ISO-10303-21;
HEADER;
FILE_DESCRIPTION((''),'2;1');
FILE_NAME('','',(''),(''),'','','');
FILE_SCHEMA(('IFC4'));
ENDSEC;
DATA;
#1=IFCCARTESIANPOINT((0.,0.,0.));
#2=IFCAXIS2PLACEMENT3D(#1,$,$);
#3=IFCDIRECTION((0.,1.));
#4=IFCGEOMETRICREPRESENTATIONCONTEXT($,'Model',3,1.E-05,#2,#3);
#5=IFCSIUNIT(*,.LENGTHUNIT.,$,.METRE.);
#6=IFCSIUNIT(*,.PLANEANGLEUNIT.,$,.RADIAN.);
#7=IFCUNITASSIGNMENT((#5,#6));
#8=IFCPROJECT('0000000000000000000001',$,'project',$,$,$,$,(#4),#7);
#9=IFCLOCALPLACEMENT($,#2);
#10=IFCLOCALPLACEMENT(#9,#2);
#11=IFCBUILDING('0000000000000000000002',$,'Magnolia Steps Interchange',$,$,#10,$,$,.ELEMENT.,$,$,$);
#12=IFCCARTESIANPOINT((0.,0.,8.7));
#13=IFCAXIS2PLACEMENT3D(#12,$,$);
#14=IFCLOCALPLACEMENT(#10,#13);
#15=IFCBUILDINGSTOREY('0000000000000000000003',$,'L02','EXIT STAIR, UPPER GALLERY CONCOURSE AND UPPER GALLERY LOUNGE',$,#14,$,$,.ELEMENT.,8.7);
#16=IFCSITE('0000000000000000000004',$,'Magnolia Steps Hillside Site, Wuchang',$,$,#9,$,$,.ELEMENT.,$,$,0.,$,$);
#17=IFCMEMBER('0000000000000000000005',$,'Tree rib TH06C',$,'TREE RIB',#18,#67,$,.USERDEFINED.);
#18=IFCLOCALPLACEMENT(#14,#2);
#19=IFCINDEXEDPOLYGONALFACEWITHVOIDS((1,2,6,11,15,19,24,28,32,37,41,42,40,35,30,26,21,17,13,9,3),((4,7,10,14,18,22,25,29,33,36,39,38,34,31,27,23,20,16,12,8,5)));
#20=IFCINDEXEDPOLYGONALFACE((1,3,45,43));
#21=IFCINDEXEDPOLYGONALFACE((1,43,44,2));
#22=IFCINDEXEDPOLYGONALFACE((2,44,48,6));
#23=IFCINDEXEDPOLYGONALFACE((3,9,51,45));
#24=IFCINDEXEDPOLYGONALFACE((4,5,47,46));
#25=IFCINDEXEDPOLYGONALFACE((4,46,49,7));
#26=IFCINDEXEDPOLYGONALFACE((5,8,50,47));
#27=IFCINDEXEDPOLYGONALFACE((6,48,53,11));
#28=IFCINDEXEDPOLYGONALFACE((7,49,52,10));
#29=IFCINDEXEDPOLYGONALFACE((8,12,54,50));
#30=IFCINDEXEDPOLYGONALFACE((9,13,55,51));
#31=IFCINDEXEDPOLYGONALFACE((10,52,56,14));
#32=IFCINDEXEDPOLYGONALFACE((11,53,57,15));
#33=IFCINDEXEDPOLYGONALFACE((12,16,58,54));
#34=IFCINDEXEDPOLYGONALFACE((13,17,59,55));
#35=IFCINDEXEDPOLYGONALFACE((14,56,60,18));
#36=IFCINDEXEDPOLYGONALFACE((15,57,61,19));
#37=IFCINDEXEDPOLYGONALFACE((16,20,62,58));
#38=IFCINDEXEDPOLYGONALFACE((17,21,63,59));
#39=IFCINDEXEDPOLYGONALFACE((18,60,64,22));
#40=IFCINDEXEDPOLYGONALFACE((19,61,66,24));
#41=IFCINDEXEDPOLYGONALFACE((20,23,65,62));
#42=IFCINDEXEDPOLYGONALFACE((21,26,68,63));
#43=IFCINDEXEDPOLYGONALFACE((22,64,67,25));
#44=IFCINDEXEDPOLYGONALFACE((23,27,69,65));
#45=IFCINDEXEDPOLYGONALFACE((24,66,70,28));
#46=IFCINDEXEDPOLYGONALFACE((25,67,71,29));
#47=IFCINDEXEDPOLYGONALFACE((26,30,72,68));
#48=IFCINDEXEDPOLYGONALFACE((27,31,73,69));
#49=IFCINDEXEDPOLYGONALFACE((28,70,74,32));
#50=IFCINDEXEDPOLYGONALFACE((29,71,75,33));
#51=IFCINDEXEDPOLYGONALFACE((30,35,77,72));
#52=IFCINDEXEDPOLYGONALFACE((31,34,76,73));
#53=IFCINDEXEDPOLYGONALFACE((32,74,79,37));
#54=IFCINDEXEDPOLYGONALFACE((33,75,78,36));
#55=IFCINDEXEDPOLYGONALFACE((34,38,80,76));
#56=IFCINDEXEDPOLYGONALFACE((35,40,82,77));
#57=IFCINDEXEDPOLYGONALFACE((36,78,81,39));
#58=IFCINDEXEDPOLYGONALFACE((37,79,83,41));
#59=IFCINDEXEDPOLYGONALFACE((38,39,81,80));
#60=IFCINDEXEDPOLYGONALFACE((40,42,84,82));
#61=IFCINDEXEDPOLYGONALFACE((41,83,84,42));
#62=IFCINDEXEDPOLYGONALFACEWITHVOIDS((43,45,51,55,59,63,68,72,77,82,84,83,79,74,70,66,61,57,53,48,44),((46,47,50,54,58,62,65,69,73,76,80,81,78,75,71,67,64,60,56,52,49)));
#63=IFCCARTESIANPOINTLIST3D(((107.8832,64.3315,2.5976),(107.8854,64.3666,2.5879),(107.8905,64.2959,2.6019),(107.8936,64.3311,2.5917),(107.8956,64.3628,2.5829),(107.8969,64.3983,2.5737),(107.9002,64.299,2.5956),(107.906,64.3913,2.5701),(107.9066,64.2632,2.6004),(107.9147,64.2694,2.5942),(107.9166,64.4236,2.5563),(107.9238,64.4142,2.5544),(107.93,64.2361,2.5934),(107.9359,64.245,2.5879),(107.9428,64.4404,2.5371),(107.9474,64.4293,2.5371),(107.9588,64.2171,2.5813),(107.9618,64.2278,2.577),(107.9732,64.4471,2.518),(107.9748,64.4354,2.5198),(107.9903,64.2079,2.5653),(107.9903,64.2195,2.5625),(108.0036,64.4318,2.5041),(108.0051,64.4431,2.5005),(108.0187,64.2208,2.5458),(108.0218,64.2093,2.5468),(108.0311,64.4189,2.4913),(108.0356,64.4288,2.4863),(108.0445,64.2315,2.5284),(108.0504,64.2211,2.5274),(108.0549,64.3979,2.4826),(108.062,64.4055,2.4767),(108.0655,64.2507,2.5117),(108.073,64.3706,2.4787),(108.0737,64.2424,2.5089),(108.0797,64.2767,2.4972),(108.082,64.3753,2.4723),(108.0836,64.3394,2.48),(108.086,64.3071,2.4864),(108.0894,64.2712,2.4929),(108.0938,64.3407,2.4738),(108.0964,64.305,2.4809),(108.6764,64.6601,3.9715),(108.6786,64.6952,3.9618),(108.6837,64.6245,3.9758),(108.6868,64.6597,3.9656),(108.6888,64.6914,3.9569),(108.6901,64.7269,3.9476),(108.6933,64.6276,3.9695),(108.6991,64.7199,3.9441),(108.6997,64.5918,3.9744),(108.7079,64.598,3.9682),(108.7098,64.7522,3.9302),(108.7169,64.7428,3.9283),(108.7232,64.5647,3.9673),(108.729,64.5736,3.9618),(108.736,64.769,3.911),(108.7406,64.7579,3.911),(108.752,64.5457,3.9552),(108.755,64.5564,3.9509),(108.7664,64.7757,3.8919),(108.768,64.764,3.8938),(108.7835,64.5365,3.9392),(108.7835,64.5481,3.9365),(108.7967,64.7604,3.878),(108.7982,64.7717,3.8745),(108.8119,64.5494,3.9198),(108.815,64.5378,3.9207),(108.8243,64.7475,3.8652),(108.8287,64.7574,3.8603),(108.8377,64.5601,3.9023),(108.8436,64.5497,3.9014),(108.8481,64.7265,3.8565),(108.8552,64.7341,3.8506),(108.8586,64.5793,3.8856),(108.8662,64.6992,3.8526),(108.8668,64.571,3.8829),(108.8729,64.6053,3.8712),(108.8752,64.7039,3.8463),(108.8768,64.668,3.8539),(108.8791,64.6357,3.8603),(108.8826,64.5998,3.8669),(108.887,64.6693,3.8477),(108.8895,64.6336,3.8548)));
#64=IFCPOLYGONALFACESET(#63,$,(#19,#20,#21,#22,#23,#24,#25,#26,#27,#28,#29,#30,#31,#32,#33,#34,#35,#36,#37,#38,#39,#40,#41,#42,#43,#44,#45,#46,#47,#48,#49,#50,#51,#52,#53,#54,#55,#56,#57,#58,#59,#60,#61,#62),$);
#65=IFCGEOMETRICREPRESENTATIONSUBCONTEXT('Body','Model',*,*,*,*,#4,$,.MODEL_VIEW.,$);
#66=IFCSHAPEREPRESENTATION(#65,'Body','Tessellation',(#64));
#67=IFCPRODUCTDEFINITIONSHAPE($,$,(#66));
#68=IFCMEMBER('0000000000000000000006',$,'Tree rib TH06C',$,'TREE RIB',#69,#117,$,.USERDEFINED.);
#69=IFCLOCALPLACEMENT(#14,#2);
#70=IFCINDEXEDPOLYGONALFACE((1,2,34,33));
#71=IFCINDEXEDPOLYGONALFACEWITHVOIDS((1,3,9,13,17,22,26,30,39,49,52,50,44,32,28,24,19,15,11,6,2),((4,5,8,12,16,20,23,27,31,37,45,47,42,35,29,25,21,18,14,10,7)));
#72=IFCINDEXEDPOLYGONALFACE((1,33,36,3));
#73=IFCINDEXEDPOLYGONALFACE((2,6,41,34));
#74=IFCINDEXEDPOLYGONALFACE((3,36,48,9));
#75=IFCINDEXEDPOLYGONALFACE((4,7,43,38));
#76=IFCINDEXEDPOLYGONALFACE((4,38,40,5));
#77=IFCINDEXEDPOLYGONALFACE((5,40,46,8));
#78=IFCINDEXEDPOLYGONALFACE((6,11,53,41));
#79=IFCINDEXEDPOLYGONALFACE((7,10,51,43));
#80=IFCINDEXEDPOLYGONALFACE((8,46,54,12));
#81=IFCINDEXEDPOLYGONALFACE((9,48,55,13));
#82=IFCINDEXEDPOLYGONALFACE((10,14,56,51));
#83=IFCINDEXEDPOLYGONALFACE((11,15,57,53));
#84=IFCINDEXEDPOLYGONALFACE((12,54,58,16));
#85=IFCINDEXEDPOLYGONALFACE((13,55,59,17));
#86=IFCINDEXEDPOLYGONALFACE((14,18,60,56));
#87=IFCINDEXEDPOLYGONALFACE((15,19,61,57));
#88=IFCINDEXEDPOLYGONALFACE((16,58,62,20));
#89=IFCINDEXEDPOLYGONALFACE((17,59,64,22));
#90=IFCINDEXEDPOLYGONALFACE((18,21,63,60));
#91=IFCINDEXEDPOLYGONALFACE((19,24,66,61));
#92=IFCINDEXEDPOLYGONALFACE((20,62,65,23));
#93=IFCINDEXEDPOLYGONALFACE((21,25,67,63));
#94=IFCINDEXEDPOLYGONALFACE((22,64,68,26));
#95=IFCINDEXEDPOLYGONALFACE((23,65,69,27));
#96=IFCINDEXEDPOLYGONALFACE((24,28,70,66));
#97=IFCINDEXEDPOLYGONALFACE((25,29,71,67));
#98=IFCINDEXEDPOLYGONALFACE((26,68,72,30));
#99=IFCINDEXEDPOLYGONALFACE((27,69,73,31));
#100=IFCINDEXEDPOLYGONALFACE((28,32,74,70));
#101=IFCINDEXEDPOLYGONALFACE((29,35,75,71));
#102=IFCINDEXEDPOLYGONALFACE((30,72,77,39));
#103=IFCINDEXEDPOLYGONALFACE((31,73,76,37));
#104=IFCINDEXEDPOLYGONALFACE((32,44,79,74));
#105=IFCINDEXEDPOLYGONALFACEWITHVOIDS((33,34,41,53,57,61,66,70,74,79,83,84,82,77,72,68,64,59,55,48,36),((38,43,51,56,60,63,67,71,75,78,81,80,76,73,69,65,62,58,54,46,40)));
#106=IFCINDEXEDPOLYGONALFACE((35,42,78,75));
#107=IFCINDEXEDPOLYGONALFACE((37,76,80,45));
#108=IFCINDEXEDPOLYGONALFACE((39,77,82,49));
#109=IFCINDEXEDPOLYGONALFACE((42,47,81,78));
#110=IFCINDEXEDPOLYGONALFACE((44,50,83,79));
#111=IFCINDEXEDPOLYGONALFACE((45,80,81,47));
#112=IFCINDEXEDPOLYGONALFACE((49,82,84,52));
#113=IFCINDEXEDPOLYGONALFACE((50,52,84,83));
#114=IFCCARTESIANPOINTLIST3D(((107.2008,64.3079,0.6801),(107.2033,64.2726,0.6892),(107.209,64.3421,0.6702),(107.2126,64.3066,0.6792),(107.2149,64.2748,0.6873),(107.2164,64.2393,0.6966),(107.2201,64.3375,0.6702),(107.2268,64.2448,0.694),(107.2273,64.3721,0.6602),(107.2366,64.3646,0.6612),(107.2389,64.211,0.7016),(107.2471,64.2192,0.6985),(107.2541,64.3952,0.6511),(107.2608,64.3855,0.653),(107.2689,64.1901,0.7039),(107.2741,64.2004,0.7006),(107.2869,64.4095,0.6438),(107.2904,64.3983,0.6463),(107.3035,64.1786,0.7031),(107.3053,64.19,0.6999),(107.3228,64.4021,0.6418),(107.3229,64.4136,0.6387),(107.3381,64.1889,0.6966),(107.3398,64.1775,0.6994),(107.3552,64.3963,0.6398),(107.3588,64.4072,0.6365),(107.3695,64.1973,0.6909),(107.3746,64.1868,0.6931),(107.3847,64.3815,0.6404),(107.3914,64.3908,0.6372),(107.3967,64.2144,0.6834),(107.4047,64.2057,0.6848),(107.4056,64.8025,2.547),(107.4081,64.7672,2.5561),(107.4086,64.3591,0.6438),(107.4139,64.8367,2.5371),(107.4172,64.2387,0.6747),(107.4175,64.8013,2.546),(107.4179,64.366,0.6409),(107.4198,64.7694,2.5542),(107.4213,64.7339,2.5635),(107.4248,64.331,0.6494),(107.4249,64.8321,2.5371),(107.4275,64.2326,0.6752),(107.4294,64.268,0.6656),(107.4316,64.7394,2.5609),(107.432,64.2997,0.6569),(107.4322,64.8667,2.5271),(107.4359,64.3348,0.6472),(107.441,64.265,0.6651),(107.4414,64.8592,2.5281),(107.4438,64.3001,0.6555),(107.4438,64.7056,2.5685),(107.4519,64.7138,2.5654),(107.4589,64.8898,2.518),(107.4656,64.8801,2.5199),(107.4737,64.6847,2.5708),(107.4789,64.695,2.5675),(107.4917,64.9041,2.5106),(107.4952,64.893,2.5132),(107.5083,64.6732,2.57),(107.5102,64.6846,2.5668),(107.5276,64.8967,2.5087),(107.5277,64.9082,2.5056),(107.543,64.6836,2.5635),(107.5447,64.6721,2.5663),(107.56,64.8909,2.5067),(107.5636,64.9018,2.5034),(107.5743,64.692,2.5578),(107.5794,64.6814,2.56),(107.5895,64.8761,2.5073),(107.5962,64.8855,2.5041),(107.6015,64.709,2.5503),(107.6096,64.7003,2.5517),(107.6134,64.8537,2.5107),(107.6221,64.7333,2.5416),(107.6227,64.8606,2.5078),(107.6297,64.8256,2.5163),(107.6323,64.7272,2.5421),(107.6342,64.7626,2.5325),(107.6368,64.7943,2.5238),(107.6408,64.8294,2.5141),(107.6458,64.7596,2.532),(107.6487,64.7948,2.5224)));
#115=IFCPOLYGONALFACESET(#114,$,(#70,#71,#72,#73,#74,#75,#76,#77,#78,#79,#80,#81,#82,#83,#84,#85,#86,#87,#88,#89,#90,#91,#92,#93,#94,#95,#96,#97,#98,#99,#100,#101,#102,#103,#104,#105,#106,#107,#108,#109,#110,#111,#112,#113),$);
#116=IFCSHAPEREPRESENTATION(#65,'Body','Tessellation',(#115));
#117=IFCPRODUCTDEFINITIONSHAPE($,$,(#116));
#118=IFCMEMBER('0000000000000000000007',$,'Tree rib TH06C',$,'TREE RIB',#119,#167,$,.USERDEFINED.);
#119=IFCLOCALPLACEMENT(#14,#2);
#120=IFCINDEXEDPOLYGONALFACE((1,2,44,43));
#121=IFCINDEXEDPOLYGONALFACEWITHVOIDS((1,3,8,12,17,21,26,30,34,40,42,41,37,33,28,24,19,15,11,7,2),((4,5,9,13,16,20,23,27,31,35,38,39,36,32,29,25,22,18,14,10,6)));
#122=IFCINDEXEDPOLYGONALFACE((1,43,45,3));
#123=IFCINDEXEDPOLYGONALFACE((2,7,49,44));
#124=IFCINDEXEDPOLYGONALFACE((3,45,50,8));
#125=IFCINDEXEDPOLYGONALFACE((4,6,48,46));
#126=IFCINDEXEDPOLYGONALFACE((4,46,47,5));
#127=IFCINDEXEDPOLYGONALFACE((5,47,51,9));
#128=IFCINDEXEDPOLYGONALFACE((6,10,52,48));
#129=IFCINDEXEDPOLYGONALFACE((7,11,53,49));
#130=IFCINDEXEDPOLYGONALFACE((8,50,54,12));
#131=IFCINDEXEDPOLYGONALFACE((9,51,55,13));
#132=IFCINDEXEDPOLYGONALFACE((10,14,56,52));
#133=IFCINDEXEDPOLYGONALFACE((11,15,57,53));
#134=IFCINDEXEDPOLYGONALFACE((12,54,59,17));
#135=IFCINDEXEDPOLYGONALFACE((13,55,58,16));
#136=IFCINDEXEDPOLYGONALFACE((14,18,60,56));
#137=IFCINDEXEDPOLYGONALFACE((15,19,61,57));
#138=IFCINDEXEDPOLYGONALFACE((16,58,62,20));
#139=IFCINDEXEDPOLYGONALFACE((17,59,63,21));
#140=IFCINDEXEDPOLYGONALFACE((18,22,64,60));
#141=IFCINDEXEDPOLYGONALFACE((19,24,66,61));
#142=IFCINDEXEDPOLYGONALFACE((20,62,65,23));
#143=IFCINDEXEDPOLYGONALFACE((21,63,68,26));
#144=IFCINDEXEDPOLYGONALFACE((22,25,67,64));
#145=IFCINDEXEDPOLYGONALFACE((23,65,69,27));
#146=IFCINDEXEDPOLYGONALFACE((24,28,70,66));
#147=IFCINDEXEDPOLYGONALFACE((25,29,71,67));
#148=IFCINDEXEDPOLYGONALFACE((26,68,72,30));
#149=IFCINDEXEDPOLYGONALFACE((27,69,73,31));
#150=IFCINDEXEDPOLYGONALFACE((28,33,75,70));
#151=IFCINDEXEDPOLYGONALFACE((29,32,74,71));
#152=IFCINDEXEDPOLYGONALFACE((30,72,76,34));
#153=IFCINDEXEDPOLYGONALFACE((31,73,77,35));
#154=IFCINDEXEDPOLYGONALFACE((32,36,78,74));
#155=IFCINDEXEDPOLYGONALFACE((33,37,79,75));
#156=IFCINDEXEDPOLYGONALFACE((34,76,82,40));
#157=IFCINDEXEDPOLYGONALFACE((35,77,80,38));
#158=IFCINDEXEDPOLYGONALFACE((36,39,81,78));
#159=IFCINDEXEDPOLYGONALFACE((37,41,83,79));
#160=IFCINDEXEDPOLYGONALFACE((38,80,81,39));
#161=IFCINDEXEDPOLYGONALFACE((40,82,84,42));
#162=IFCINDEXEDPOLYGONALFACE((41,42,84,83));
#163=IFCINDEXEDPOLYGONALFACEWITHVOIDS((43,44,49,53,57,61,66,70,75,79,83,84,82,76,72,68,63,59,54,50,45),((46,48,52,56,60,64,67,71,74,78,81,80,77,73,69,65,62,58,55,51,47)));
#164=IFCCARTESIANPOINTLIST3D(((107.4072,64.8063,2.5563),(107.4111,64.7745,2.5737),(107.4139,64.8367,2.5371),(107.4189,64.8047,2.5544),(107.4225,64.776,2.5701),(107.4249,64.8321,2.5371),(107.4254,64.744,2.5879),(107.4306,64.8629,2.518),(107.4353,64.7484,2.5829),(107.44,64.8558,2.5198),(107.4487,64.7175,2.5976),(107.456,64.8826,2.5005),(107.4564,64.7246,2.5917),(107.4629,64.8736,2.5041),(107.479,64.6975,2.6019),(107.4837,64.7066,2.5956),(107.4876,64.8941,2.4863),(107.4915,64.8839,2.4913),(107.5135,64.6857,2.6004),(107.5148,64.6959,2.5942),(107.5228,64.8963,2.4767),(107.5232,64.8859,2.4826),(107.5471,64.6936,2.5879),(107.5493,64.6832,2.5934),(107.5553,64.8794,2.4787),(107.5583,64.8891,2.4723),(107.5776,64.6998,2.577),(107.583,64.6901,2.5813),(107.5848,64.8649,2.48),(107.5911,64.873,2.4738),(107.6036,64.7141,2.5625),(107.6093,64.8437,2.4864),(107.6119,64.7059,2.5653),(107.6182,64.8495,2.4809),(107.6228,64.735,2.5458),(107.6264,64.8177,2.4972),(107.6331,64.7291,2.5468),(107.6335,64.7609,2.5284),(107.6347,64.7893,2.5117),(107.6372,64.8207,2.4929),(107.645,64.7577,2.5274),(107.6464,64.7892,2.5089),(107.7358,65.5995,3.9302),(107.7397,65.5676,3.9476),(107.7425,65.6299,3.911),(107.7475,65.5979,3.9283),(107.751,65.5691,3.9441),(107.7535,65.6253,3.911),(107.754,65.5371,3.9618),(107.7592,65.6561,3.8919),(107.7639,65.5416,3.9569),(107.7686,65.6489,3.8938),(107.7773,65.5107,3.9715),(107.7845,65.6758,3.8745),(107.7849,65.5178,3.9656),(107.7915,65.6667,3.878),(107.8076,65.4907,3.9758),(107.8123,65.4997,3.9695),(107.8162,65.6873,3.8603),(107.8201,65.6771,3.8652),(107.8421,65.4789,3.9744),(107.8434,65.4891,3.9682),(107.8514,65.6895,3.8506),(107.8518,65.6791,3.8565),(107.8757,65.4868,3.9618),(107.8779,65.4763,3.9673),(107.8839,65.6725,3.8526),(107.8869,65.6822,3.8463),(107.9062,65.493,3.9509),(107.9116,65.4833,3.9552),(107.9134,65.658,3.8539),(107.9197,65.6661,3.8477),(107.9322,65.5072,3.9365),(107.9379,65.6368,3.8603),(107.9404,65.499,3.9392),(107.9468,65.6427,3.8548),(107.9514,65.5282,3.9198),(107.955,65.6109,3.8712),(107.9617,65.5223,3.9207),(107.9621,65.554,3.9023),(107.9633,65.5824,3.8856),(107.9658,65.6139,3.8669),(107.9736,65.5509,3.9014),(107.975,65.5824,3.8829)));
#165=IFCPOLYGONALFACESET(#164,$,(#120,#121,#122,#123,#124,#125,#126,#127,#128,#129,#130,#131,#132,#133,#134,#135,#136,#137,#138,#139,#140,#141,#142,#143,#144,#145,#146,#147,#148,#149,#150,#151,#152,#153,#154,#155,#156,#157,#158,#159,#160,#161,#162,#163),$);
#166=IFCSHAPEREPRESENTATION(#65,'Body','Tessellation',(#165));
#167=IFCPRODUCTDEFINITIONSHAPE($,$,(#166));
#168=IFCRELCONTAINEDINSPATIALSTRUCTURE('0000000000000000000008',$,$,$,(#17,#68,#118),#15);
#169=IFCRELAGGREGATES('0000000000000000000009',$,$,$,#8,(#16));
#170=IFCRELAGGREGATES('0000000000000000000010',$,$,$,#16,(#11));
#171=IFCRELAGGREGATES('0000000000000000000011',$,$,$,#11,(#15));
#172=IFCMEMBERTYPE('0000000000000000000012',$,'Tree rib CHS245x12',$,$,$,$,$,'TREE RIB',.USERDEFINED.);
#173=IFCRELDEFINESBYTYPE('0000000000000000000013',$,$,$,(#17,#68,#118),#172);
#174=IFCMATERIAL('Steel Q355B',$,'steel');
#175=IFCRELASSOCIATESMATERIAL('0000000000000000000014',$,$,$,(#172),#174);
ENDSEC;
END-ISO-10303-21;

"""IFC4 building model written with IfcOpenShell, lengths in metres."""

from ifc_helpers import new_model, si_unit, direction, frame, origin, origin_2d, place, context, subcontext, project, spatial, hollow_circle, extrude, material, material_profile, profile_set, type_object, element, save


model = new_model("IFC4")

# Units and contexts
model_context = context("Model", 3, precision=1e-05, world=origin(), true_north=direction((0.0, 1.0)))
body_context = subcontext(model_context, "Body", "Model", "MODEL_VIEW")
ifc_project = project(units=[si_unit("LENGTHUNIT", "METRE"), si_unit("PLANEANGLEUNIT", "RADIAN")], contexts=[model_context])

# Site, building, storey
site_placement = place(None, origin())
site = spatial("IfcSite", under=ifc_project, at=site_placement, Name="Magnolia Steps Hillside Site, Wuchang", CompositionType="ELEMENT", RefElevation=0.0)
building_placement = place(site_placement, origin())
building = spatial("IfcBuilding", under=site, at=building_placement, Name="Magnolia Steps Interchange", CompositionType="ELEMENT")
storey_placement = place(building_placement, frame((0.0, 0.0, 8.7)))
storey = spatial("IfcBuildingStorey", under=building, at=storey_placement, Name="L02", Description="EXIT STAIR, UPPER GALLERY CONCOURSE AND UPPER GALLERY LOUNGE", CompositionType="ELEMENT", Elevation=8.7)

# Members
ifc_material_1 = material(Name="Steel Q355B", Category="steel")
ifc_material_profile_1 = material_profile(ifc_material_1, hollow_circle(Radius=0.1226, WallThickness=0.012, at=origin_2d()), Name="CHS245x12")
ifc_profile_set_1 = profile_set([ifc_material_profile_1], Name="Steel Q355B")
member_type_1 = type_object("IfcMemberType", Name="Tree rib CHS245x12", ElementType="TREE RIB", PredefinedType="USERDEFINED", material=ifc_profile_set_1)
member_1_placement = place(storey_placement, frame((107.9897, 64.3271, 2.5371), z_axis=(0.489571, 0.20282, 0.848047), x_axis=(-0.382737, 0.923857, 0.0)))
element("IfcMember", 1, at=member_1_placement, inside=storey, type_object=member_type_1, Name="Tree rib TH06C", ObjectType="TREE RIB", PredefinedType="USERDEFINED", context=body_context, shape_type="SweptSolid", body=[
    extrude(hollow_circle(Radius=0.1226, WallThickness=0.012, at=origin_2d()), origin(), (0.0, 0.0, 1.0), 1.6201),
])
member_2_placement = place(storey_placement, frame((107.3223, 64.2952, 0.6702), z_axis=(0.105466, 0.254676, 0.961258), x_axis=(-0.923911, 0.382607, 0.0)))
element("IfcMember", 2, at=member_2_placement, inside=storey, type_object=member_type_1, Name="Tree rib TH06C", ObjectType="TREE RIB", PredefinedType="USERDEFINED", context=body_context, shape_type="SweptSolid", body=[
    extrude(hollow_circle(Radius=0.1226, WallThickness=0.012, at=origin_2d()), origin(), (0.0, 0.0, 1.0), 1.9421),
])
member_3_placement = place(storey_placement, frame((107.5271, 64.7898, 2.5371), z_axis=(0.20282, 0.489571, 0.848047), x_axis=(-0.923857, 0.382737, 0.0)))
element("IfcMember", 3, at=member_3_placement, inside=storey, type_object=member_type_1, Name="Tree rib TH06C", ObjectType="TREE RIB", PredefinedType="USERDEFINED", context=body_context, shape_type="SweptSolid", body=[
    extrude(hollow_circle(Radius=0.1226, WallThickness=0.012, at=origin_2d()), origin(), (0.0, 0.0, 1.0), 1.6201),
])

save(model, "model.ifc")
